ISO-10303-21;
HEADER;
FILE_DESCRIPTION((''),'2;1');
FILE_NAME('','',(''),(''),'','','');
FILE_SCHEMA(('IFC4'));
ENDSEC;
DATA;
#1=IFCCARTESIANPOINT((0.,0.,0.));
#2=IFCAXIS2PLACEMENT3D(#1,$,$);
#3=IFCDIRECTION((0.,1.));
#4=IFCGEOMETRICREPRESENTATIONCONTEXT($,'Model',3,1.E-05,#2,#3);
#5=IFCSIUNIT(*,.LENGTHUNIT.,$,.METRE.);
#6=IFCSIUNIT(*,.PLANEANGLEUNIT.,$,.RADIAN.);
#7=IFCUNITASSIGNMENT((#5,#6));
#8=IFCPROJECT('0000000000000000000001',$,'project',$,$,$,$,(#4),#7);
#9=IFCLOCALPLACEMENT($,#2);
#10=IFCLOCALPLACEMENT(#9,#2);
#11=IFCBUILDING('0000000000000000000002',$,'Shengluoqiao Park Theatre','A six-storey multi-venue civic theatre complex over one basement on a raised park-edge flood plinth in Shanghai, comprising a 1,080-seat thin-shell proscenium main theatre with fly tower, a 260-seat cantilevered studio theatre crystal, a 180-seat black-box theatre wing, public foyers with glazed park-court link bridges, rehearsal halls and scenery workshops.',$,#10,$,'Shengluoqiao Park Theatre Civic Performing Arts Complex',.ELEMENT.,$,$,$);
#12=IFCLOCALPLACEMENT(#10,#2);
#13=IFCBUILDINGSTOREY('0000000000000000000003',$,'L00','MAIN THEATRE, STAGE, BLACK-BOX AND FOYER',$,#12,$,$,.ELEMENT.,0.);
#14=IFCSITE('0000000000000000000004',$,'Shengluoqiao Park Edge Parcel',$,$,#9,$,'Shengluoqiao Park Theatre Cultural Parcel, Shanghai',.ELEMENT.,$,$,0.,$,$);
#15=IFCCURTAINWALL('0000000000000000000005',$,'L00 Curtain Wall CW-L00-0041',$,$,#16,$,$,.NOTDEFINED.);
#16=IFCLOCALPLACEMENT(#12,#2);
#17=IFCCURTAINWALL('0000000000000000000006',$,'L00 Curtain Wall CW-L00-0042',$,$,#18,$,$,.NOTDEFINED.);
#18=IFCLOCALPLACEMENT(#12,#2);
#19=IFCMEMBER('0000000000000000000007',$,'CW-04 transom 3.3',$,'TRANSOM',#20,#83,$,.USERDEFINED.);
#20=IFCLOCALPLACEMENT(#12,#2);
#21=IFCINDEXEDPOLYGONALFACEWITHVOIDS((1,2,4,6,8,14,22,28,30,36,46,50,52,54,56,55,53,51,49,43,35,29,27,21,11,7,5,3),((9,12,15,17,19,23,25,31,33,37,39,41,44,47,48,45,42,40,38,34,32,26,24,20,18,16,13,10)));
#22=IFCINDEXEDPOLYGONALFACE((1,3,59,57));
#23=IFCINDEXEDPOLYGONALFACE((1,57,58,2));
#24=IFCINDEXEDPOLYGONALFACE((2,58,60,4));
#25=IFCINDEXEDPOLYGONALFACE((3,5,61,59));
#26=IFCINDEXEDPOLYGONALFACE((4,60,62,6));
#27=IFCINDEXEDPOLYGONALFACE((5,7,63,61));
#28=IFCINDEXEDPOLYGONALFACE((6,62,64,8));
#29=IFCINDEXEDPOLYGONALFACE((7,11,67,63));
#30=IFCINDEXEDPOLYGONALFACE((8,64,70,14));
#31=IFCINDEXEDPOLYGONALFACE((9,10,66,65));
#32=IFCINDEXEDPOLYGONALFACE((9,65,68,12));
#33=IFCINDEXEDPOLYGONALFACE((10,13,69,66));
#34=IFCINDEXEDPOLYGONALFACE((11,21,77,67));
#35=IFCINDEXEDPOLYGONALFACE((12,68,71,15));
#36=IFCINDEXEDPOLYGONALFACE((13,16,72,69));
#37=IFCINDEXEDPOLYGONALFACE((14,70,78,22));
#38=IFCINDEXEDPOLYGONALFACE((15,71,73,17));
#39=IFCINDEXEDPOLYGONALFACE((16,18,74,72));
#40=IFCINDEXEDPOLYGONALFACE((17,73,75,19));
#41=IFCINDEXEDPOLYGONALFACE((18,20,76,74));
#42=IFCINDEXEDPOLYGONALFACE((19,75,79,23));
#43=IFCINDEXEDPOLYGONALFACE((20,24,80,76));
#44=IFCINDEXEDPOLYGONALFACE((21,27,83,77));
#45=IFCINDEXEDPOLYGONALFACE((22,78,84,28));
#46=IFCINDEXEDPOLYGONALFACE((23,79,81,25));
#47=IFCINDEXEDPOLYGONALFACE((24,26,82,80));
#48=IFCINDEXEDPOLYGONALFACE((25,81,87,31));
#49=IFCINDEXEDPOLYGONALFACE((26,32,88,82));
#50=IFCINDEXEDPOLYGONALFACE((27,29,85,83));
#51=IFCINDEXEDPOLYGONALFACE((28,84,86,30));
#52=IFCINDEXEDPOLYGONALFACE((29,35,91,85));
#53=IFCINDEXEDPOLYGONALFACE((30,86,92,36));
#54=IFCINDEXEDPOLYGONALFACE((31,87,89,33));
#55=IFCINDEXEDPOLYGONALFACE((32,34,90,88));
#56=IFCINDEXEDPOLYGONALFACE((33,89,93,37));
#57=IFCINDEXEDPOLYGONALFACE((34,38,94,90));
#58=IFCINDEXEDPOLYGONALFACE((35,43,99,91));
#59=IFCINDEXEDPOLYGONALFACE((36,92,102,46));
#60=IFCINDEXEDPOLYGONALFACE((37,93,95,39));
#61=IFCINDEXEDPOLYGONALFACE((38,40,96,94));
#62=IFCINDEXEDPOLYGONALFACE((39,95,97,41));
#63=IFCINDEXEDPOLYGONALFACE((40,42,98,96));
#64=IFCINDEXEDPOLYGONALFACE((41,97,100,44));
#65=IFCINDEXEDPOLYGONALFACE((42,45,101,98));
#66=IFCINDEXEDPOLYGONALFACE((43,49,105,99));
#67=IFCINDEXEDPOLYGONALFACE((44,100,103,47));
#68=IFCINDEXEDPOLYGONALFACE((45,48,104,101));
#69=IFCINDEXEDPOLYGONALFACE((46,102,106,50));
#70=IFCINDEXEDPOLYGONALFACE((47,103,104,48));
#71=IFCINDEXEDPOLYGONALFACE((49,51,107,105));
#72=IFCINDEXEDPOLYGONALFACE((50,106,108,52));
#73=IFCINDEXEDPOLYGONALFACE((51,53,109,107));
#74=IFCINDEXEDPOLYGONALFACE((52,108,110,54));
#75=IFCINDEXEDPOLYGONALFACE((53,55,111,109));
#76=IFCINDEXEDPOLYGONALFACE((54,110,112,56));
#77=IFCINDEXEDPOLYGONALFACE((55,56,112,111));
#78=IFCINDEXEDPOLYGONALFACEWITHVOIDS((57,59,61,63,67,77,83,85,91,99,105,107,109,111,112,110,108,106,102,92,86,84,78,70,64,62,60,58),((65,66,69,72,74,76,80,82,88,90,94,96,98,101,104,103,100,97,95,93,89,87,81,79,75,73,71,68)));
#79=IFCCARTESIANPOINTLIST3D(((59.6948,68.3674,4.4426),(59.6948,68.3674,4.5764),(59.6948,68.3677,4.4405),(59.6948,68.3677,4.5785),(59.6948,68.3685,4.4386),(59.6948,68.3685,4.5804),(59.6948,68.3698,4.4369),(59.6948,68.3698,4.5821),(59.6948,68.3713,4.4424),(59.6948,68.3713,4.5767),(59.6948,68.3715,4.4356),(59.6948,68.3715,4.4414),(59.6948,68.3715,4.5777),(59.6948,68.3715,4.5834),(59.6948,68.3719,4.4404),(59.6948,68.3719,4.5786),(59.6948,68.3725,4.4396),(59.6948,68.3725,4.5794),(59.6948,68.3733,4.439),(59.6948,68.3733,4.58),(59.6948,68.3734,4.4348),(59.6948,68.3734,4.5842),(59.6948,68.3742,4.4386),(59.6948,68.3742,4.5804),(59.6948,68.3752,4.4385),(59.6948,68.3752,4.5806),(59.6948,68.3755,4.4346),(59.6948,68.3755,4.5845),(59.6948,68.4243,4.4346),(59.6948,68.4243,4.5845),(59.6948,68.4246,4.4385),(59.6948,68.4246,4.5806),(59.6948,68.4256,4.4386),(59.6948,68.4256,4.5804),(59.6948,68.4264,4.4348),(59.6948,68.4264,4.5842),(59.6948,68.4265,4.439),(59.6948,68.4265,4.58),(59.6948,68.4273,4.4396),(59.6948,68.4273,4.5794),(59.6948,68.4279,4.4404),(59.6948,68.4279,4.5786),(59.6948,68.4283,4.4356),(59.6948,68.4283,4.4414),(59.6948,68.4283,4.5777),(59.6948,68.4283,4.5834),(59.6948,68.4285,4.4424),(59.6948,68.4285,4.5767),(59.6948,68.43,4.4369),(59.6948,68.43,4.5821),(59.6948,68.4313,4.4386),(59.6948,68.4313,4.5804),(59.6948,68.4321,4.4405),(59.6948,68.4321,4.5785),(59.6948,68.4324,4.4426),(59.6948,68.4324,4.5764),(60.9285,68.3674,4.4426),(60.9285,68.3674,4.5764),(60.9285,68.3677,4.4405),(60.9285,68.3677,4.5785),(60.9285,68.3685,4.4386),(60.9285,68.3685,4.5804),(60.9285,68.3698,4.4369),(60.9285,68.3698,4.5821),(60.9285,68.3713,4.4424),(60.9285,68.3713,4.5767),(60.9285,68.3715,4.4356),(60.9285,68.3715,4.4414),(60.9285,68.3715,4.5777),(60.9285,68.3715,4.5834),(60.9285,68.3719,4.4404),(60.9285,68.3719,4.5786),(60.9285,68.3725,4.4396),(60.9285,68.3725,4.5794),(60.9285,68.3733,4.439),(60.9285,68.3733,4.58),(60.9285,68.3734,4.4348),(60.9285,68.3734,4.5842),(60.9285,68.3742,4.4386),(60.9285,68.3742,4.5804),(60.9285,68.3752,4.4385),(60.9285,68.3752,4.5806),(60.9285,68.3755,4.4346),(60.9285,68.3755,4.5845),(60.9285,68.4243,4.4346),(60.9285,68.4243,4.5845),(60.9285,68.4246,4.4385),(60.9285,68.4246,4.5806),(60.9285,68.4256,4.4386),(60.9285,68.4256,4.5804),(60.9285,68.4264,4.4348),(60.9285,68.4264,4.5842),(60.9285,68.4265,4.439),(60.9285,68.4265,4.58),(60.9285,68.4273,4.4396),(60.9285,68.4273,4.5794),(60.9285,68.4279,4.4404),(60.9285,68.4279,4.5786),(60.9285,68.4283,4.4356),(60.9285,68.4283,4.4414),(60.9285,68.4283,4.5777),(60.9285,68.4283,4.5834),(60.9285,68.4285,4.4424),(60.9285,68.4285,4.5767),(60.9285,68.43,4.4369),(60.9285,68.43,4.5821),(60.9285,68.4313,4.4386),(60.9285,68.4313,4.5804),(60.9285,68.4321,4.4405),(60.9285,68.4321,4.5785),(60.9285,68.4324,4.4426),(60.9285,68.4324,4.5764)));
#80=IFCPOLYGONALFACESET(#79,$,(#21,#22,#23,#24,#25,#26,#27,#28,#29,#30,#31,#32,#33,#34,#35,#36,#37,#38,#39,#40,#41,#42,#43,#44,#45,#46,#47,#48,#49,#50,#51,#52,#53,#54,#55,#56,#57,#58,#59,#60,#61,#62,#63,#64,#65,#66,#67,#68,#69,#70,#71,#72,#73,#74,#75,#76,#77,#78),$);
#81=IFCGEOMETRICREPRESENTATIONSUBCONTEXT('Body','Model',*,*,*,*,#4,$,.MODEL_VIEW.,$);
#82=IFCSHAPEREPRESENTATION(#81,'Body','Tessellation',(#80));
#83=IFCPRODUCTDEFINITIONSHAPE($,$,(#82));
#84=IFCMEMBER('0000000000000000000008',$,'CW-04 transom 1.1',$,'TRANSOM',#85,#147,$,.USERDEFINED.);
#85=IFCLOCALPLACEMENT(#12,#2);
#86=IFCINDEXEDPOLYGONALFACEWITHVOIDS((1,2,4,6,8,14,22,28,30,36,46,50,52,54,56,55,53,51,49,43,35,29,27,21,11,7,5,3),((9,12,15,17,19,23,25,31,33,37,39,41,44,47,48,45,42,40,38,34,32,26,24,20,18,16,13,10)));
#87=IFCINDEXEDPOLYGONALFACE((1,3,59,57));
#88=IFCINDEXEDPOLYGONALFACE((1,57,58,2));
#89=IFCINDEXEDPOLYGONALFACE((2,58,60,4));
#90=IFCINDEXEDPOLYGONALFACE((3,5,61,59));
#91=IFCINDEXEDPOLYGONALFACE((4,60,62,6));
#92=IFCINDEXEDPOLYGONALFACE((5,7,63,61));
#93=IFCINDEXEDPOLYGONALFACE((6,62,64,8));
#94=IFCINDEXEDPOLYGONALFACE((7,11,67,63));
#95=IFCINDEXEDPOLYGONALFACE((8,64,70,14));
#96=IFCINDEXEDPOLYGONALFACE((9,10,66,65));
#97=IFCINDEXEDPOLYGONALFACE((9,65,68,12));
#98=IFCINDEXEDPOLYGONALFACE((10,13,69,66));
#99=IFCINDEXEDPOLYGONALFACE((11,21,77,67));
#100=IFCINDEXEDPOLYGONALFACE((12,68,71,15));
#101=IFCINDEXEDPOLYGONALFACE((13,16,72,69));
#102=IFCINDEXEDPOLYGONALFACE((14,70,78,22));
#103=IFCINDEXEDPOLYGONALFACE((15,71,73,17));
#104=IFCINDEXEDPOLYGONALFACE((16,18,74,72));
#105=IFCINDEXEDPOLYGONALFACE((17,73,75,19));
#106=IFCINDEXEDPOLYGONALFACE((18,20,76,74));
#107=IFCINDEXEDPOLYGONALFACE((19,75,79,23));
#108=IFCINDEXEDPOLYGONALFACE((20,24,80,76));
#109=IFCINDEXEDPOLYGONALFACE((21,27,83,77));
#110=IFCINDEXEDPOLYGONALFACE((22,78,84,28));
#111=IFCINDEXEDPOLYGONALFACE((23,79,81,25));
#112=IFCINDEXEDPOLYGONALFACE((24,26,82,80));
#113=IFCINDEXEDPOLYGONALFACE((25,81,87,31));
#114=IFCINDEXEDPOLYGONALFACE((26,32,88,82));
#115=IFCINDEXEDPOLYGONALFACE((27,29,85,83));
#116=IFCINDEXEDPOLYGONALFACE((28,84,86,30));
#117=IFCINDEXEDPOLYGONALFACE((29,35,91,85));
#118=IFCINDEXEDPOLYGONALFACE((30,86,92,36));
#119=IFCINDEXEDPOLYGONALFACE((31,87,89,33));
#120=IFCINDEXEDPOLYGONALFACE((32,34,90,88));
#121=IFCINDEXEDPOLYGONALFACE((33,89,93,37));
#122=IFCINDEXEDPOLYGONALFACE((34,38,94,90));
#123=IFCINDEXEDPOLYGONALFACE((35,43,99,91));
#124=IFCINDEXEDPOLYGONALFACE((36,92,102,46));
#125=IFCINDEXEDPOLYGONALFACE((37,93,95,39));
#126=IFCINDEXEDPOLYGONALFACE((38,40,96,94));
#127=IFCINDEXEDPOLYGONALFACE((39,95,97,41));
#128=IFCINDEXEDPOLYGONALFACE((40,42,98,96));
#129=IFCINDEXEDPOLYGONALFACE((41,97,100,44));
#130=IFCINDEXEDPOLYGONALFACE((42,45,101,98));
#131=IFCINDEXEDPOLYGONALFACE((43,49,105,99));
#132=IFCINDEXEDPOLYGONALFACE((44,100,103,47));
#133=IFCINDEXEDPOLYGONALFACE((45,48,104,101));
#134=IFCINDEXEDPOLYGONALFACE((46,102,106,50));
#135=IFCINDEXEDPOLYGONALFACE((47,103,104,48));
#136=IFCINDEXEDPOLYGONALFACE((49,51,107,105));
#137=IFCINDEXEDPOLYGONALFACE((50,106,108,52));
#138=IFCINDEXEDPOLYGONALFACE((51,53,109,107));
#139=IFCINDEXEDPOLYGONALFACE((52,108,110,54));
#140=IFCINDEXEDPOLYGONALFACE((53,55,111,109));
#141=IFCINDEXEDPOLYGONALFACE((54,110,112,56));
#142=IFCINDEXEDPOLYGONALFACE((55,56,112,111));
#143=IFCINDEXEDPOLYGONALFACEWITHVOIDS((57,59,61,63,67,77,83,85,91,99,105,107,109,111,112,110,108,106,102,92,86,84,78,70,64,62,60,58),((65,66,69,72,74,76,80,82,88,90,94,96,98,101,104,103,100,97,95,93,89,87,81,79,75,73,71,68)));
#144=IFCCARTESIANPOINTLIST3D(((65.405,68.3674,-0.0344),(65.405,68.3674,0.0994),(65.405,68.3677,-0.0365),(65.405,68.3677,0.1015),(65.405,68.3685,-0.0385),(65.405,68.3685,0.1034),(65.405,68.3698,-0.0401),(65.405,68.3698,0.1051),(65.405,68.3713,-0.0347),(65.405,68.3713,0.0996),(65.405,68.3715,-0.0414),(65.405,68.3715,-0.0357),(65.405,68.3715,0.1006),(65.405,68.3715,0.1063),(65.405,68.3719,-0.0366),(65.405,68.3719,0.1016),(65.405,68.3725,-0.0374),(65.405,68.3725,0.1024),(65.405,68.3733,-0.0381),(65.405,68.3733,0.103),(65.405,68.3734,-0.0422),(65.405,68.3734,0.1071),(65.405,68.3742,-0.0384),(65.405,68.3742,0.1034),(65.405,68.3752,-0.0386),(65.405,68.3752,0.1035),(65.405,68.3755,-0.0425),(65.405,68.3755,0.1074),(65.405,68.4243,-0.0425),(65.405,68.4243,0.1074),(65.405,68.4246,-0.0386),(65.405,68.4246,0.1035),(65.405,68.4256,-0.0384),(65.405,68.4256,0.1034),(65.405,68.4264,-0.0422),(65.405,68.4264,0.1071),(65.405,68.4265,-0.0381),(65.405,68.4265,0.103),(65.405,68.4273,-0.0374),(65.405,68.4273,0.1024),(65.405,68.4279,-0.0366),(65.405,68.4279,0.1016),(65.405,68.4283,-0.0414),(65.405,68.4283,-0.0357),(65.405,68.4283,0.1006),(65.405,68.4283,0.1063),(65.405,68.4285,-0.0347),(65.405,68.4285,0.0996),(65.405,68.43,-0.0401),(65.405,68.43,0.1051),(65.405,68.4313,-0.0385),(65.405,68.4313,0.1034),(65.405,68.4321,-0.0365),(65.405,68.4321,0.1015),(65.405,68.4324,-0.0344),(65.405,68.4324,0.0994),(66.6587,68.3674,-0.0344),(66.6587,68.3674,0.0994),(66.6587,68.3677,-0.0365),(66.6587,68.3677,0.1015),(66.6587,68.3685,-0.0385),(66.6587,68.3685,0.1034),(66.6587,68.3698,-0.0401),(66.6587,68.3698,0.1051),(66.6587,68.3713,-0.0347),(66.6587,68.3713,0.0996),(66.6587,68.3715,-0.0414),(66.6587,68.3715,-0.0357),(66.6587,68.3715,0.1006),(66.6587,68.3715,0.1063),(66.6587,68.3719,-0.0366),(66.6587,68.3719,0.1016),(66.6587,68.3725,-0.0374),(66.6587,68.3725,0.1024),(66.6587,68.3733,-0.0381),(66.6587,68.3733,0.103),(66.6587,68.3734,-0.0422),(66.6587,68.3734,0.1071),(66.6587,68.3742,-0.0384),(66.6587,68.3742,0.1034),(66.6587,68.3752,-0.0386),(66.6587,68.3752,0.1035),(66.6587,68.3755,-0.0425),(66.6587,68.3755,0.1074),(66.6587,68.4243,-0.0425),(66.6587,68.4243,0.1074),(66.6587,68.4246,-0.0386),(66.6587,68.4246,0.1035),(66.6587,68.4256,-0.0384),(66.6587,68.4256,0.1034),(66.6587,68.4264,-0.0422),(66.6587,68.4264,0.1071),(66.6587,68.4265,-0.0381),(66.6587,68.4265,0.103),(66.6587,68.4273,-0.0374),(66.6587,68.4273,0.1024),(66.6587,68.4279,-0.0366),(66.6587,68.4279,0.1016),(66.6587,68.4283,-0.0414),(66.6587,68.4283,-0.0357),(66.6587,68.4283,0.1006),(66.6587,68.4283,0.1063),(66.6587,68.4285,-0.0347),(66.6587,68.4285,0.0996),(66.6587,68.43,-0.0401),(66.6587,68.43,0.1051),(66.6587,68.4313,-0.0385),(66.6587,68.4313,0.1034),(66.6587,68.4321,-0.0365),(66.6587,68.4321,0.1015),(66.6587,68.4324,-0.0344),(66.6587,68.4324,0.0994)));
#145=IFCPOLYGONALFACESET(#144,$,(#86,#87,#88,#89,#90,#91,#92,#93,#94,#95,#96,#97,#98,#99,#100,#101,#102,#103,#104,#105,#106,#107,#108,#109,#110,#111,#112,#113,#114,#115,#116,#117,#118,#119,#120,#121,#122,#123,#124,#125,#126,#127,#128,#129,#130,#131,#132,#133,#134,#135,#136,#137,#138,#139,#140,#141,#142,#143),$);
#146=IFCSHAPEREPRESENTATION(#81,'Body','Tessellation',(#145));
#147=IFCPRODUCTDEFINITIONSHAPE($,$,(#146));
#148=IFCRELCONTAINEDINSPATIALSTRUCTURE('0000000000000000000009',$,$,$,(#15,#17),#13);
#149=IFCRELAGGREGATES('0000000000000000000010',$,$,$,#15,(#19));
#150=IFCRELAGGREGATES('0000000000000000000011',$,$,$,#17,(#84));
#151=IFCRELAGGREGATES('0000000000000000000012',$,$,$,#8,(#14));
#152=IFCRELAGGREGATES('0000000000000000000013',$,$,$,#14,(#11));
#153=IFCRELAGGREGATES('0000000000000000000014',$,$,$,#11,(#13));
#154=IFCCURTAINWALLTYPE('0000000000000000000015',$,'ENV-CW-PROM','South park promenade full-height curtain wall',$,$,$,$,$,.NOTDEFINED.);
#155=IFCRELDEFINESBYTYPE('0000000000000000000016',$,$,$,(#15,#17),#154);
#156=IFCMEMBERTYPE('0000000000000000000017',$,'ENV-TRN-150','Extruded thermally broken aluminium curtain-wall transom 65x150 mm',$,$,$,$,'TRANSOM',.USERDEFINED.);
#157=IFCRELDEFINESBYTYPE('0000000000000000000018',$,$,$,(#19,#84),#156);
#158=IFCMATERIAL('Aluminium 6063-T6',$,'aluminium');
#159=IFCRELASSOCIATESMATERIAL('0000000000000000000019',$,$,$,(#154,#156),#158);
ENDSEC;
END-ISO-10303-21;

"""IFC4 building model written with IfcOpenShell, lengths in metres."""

from ifc_helpers import new_model, si_unit, direction, frame, origin, origin_2d, place, context, subcontext, project, spatial, hollow_rectangle, extrude, material, material_profile, profile_set, type_object, element, aggregate, save


model = new_model("IFC4")

# Units and contexts
model_context = context("Model", 3, precision=1e-05, world=origin(), true_north=direction((0.0, 1.0)))
body_context = subcontext(model_context, "Body", "Model", "MODEL_VIEW")
ifc_project = project(units=[si_unit("LENGTHUNIT", "METRE"), si_unit("PLANEANGLEUNIT", "RADIAN")], contexts=[model_context])

# Site, building, storey
site_placement = place(None, origin())
site = spatial("IfcSite", under=ifc_project, at=site_placement, Name="Shengluoqiao Park Edge Parcel", LongName="Shengluoqiao Park Theatre Cultural Parcel, Shanghai", CompositionType="ELEMENT", RefElevation=0.0)
building_placement = place(site_placement, origin())
building = spatial("IfcBuilding", under=site, at=building_placement, Name="Shengluoqiao Park Theatre", Description="A six-storey multi-venue civic theatre complex over one basement on a raised park-edge flood plinth in Shanghai, comprising a 1,080-seat thin-shell proscenium main theatre with fly tower, a 260-seat cantilevered studio theatre crystal, a 180-seat black-box theatre wing, public foyers with glazed park-court link bridges, rehearsal halls and scenery workshops.", LongName="Shengluoqiao Park Theatre Civic Performing Arts Complex", CompositionType="ELEMENT")
storey_placement = place(building_placement, origin())
storey = spatial("IfcBuildingStorey", under=building, at=storey_placement, Name="L00", Description="MAIN THEATRE, STAGE, BLACK-BOX AND FOYER", CompositionType="ELEMENT", Elevation=0.0)

# Curtain walls
ifc_material_1 = material(Name="Aluminium 6063-T6", Category="aluminium")
curtain_wall_type = type_object("IfcCurtainWallType", Name="ENV-CW-PROM", Description="South park promenade full-height curtain wall", PredefinedType="NOTDEFINED", material=ifc_material_1)
curtain_wall_1_placement = place(storey_placement, origin())
curtain_wall_1 = element("IfcCurtainWall", 1, at=curtain_wall_1_placement, inside=storey, type_object=curtain_wall_type, Name="L00 Curtain Wall CW-L00-0041", PredefinedType="NOTDEFINED")
curtain_wall_2_placement = place(storey_placement, origin())
curtain_wall_2 = element("IfcCurtainWall", 2, at=curtain_wall_2_placement, inside=storey, type_object=curtain_wall_type, Name="L00 Curtain Wall CW-L00-0042", PredefinedType="NOTDEFINED")

# Members
ifc_material_profile_1 = material_profile(ifc_material_1, hollow_rectangle(XDim=0.0649, YDim=0.1499, WallThickness=0.0039, InnerFilletRadius=0.0039, OuterFilletRadius=0.0081, at=origin_2d()), Name="ALU TRANSOM 150x65x4")
ifc_profile_set_1 = profile_set([ifc_material_profile_1], Name="Aluminium 6063-T6")
member_type_1 = type_object("IfcMemberType", Name="ENV-TRN-150", Description="Extruded thermally broken aluminium curtain-wall transom 65x150 mm", ElementType="TRANSOM", PredefinedType="USERDEFINED", material=ifc_profile_set_1)
member_1_placement = place(storey_placement, frame((59.6948, 68.3999, 4.5095), z_axis=(1.0, 0.0, 0.0), x_axis=(0.0, 1.0, 0.0)))
member_1 = element("IfcMember", 3, at=member_1_placement, type_object=member_type_1, Name="CW-04 transom 3.3", ObjectType="TRANSOM", PredefinedType="USERDEFINED", context=body_context, shape_type="SweptSolid", body=[
    extrude(hollow_rectangle(XDim=0.0649, YDim=0.1499, WallThickness=0.0039, InnerFilletRadius=0.0039, OuterFilletRadius=0.0081, at=origin_2d()), origin(), (0.0, 0.0, 1.0), 1.2336),
])
member_2_placement = place(storey_placement, frame((65.405, 68.3999, 0.0325), z_axis=(1.0, 0.0, 0.0), x_axis=(0.0, 1.0, 0.0)))
member_2 = element("IfcMember", 4, at=member_2_placement, type_object=member_type_1, Name="CW-04 transom 1.1", ObjectType="TRANSOM", PredefinedType="USERDEFINED", context=body_context, shape_type="SweptSolid", body=[
    extrude(hollow_rectangle(XDim=0.0649, YDim=0.1499, WallThickness=0.0039, InnerFilletRadius=0.0039, OuterFilletRadius=0.0081, at=origin_2d()), origin(), (0.0, 0.0, 1.0), 1.2537),
])

aggregate(curtain_wall_1, [member_1])
aggregate(curtain_wall_2, [member_2])

save(model, "model.ifc")
